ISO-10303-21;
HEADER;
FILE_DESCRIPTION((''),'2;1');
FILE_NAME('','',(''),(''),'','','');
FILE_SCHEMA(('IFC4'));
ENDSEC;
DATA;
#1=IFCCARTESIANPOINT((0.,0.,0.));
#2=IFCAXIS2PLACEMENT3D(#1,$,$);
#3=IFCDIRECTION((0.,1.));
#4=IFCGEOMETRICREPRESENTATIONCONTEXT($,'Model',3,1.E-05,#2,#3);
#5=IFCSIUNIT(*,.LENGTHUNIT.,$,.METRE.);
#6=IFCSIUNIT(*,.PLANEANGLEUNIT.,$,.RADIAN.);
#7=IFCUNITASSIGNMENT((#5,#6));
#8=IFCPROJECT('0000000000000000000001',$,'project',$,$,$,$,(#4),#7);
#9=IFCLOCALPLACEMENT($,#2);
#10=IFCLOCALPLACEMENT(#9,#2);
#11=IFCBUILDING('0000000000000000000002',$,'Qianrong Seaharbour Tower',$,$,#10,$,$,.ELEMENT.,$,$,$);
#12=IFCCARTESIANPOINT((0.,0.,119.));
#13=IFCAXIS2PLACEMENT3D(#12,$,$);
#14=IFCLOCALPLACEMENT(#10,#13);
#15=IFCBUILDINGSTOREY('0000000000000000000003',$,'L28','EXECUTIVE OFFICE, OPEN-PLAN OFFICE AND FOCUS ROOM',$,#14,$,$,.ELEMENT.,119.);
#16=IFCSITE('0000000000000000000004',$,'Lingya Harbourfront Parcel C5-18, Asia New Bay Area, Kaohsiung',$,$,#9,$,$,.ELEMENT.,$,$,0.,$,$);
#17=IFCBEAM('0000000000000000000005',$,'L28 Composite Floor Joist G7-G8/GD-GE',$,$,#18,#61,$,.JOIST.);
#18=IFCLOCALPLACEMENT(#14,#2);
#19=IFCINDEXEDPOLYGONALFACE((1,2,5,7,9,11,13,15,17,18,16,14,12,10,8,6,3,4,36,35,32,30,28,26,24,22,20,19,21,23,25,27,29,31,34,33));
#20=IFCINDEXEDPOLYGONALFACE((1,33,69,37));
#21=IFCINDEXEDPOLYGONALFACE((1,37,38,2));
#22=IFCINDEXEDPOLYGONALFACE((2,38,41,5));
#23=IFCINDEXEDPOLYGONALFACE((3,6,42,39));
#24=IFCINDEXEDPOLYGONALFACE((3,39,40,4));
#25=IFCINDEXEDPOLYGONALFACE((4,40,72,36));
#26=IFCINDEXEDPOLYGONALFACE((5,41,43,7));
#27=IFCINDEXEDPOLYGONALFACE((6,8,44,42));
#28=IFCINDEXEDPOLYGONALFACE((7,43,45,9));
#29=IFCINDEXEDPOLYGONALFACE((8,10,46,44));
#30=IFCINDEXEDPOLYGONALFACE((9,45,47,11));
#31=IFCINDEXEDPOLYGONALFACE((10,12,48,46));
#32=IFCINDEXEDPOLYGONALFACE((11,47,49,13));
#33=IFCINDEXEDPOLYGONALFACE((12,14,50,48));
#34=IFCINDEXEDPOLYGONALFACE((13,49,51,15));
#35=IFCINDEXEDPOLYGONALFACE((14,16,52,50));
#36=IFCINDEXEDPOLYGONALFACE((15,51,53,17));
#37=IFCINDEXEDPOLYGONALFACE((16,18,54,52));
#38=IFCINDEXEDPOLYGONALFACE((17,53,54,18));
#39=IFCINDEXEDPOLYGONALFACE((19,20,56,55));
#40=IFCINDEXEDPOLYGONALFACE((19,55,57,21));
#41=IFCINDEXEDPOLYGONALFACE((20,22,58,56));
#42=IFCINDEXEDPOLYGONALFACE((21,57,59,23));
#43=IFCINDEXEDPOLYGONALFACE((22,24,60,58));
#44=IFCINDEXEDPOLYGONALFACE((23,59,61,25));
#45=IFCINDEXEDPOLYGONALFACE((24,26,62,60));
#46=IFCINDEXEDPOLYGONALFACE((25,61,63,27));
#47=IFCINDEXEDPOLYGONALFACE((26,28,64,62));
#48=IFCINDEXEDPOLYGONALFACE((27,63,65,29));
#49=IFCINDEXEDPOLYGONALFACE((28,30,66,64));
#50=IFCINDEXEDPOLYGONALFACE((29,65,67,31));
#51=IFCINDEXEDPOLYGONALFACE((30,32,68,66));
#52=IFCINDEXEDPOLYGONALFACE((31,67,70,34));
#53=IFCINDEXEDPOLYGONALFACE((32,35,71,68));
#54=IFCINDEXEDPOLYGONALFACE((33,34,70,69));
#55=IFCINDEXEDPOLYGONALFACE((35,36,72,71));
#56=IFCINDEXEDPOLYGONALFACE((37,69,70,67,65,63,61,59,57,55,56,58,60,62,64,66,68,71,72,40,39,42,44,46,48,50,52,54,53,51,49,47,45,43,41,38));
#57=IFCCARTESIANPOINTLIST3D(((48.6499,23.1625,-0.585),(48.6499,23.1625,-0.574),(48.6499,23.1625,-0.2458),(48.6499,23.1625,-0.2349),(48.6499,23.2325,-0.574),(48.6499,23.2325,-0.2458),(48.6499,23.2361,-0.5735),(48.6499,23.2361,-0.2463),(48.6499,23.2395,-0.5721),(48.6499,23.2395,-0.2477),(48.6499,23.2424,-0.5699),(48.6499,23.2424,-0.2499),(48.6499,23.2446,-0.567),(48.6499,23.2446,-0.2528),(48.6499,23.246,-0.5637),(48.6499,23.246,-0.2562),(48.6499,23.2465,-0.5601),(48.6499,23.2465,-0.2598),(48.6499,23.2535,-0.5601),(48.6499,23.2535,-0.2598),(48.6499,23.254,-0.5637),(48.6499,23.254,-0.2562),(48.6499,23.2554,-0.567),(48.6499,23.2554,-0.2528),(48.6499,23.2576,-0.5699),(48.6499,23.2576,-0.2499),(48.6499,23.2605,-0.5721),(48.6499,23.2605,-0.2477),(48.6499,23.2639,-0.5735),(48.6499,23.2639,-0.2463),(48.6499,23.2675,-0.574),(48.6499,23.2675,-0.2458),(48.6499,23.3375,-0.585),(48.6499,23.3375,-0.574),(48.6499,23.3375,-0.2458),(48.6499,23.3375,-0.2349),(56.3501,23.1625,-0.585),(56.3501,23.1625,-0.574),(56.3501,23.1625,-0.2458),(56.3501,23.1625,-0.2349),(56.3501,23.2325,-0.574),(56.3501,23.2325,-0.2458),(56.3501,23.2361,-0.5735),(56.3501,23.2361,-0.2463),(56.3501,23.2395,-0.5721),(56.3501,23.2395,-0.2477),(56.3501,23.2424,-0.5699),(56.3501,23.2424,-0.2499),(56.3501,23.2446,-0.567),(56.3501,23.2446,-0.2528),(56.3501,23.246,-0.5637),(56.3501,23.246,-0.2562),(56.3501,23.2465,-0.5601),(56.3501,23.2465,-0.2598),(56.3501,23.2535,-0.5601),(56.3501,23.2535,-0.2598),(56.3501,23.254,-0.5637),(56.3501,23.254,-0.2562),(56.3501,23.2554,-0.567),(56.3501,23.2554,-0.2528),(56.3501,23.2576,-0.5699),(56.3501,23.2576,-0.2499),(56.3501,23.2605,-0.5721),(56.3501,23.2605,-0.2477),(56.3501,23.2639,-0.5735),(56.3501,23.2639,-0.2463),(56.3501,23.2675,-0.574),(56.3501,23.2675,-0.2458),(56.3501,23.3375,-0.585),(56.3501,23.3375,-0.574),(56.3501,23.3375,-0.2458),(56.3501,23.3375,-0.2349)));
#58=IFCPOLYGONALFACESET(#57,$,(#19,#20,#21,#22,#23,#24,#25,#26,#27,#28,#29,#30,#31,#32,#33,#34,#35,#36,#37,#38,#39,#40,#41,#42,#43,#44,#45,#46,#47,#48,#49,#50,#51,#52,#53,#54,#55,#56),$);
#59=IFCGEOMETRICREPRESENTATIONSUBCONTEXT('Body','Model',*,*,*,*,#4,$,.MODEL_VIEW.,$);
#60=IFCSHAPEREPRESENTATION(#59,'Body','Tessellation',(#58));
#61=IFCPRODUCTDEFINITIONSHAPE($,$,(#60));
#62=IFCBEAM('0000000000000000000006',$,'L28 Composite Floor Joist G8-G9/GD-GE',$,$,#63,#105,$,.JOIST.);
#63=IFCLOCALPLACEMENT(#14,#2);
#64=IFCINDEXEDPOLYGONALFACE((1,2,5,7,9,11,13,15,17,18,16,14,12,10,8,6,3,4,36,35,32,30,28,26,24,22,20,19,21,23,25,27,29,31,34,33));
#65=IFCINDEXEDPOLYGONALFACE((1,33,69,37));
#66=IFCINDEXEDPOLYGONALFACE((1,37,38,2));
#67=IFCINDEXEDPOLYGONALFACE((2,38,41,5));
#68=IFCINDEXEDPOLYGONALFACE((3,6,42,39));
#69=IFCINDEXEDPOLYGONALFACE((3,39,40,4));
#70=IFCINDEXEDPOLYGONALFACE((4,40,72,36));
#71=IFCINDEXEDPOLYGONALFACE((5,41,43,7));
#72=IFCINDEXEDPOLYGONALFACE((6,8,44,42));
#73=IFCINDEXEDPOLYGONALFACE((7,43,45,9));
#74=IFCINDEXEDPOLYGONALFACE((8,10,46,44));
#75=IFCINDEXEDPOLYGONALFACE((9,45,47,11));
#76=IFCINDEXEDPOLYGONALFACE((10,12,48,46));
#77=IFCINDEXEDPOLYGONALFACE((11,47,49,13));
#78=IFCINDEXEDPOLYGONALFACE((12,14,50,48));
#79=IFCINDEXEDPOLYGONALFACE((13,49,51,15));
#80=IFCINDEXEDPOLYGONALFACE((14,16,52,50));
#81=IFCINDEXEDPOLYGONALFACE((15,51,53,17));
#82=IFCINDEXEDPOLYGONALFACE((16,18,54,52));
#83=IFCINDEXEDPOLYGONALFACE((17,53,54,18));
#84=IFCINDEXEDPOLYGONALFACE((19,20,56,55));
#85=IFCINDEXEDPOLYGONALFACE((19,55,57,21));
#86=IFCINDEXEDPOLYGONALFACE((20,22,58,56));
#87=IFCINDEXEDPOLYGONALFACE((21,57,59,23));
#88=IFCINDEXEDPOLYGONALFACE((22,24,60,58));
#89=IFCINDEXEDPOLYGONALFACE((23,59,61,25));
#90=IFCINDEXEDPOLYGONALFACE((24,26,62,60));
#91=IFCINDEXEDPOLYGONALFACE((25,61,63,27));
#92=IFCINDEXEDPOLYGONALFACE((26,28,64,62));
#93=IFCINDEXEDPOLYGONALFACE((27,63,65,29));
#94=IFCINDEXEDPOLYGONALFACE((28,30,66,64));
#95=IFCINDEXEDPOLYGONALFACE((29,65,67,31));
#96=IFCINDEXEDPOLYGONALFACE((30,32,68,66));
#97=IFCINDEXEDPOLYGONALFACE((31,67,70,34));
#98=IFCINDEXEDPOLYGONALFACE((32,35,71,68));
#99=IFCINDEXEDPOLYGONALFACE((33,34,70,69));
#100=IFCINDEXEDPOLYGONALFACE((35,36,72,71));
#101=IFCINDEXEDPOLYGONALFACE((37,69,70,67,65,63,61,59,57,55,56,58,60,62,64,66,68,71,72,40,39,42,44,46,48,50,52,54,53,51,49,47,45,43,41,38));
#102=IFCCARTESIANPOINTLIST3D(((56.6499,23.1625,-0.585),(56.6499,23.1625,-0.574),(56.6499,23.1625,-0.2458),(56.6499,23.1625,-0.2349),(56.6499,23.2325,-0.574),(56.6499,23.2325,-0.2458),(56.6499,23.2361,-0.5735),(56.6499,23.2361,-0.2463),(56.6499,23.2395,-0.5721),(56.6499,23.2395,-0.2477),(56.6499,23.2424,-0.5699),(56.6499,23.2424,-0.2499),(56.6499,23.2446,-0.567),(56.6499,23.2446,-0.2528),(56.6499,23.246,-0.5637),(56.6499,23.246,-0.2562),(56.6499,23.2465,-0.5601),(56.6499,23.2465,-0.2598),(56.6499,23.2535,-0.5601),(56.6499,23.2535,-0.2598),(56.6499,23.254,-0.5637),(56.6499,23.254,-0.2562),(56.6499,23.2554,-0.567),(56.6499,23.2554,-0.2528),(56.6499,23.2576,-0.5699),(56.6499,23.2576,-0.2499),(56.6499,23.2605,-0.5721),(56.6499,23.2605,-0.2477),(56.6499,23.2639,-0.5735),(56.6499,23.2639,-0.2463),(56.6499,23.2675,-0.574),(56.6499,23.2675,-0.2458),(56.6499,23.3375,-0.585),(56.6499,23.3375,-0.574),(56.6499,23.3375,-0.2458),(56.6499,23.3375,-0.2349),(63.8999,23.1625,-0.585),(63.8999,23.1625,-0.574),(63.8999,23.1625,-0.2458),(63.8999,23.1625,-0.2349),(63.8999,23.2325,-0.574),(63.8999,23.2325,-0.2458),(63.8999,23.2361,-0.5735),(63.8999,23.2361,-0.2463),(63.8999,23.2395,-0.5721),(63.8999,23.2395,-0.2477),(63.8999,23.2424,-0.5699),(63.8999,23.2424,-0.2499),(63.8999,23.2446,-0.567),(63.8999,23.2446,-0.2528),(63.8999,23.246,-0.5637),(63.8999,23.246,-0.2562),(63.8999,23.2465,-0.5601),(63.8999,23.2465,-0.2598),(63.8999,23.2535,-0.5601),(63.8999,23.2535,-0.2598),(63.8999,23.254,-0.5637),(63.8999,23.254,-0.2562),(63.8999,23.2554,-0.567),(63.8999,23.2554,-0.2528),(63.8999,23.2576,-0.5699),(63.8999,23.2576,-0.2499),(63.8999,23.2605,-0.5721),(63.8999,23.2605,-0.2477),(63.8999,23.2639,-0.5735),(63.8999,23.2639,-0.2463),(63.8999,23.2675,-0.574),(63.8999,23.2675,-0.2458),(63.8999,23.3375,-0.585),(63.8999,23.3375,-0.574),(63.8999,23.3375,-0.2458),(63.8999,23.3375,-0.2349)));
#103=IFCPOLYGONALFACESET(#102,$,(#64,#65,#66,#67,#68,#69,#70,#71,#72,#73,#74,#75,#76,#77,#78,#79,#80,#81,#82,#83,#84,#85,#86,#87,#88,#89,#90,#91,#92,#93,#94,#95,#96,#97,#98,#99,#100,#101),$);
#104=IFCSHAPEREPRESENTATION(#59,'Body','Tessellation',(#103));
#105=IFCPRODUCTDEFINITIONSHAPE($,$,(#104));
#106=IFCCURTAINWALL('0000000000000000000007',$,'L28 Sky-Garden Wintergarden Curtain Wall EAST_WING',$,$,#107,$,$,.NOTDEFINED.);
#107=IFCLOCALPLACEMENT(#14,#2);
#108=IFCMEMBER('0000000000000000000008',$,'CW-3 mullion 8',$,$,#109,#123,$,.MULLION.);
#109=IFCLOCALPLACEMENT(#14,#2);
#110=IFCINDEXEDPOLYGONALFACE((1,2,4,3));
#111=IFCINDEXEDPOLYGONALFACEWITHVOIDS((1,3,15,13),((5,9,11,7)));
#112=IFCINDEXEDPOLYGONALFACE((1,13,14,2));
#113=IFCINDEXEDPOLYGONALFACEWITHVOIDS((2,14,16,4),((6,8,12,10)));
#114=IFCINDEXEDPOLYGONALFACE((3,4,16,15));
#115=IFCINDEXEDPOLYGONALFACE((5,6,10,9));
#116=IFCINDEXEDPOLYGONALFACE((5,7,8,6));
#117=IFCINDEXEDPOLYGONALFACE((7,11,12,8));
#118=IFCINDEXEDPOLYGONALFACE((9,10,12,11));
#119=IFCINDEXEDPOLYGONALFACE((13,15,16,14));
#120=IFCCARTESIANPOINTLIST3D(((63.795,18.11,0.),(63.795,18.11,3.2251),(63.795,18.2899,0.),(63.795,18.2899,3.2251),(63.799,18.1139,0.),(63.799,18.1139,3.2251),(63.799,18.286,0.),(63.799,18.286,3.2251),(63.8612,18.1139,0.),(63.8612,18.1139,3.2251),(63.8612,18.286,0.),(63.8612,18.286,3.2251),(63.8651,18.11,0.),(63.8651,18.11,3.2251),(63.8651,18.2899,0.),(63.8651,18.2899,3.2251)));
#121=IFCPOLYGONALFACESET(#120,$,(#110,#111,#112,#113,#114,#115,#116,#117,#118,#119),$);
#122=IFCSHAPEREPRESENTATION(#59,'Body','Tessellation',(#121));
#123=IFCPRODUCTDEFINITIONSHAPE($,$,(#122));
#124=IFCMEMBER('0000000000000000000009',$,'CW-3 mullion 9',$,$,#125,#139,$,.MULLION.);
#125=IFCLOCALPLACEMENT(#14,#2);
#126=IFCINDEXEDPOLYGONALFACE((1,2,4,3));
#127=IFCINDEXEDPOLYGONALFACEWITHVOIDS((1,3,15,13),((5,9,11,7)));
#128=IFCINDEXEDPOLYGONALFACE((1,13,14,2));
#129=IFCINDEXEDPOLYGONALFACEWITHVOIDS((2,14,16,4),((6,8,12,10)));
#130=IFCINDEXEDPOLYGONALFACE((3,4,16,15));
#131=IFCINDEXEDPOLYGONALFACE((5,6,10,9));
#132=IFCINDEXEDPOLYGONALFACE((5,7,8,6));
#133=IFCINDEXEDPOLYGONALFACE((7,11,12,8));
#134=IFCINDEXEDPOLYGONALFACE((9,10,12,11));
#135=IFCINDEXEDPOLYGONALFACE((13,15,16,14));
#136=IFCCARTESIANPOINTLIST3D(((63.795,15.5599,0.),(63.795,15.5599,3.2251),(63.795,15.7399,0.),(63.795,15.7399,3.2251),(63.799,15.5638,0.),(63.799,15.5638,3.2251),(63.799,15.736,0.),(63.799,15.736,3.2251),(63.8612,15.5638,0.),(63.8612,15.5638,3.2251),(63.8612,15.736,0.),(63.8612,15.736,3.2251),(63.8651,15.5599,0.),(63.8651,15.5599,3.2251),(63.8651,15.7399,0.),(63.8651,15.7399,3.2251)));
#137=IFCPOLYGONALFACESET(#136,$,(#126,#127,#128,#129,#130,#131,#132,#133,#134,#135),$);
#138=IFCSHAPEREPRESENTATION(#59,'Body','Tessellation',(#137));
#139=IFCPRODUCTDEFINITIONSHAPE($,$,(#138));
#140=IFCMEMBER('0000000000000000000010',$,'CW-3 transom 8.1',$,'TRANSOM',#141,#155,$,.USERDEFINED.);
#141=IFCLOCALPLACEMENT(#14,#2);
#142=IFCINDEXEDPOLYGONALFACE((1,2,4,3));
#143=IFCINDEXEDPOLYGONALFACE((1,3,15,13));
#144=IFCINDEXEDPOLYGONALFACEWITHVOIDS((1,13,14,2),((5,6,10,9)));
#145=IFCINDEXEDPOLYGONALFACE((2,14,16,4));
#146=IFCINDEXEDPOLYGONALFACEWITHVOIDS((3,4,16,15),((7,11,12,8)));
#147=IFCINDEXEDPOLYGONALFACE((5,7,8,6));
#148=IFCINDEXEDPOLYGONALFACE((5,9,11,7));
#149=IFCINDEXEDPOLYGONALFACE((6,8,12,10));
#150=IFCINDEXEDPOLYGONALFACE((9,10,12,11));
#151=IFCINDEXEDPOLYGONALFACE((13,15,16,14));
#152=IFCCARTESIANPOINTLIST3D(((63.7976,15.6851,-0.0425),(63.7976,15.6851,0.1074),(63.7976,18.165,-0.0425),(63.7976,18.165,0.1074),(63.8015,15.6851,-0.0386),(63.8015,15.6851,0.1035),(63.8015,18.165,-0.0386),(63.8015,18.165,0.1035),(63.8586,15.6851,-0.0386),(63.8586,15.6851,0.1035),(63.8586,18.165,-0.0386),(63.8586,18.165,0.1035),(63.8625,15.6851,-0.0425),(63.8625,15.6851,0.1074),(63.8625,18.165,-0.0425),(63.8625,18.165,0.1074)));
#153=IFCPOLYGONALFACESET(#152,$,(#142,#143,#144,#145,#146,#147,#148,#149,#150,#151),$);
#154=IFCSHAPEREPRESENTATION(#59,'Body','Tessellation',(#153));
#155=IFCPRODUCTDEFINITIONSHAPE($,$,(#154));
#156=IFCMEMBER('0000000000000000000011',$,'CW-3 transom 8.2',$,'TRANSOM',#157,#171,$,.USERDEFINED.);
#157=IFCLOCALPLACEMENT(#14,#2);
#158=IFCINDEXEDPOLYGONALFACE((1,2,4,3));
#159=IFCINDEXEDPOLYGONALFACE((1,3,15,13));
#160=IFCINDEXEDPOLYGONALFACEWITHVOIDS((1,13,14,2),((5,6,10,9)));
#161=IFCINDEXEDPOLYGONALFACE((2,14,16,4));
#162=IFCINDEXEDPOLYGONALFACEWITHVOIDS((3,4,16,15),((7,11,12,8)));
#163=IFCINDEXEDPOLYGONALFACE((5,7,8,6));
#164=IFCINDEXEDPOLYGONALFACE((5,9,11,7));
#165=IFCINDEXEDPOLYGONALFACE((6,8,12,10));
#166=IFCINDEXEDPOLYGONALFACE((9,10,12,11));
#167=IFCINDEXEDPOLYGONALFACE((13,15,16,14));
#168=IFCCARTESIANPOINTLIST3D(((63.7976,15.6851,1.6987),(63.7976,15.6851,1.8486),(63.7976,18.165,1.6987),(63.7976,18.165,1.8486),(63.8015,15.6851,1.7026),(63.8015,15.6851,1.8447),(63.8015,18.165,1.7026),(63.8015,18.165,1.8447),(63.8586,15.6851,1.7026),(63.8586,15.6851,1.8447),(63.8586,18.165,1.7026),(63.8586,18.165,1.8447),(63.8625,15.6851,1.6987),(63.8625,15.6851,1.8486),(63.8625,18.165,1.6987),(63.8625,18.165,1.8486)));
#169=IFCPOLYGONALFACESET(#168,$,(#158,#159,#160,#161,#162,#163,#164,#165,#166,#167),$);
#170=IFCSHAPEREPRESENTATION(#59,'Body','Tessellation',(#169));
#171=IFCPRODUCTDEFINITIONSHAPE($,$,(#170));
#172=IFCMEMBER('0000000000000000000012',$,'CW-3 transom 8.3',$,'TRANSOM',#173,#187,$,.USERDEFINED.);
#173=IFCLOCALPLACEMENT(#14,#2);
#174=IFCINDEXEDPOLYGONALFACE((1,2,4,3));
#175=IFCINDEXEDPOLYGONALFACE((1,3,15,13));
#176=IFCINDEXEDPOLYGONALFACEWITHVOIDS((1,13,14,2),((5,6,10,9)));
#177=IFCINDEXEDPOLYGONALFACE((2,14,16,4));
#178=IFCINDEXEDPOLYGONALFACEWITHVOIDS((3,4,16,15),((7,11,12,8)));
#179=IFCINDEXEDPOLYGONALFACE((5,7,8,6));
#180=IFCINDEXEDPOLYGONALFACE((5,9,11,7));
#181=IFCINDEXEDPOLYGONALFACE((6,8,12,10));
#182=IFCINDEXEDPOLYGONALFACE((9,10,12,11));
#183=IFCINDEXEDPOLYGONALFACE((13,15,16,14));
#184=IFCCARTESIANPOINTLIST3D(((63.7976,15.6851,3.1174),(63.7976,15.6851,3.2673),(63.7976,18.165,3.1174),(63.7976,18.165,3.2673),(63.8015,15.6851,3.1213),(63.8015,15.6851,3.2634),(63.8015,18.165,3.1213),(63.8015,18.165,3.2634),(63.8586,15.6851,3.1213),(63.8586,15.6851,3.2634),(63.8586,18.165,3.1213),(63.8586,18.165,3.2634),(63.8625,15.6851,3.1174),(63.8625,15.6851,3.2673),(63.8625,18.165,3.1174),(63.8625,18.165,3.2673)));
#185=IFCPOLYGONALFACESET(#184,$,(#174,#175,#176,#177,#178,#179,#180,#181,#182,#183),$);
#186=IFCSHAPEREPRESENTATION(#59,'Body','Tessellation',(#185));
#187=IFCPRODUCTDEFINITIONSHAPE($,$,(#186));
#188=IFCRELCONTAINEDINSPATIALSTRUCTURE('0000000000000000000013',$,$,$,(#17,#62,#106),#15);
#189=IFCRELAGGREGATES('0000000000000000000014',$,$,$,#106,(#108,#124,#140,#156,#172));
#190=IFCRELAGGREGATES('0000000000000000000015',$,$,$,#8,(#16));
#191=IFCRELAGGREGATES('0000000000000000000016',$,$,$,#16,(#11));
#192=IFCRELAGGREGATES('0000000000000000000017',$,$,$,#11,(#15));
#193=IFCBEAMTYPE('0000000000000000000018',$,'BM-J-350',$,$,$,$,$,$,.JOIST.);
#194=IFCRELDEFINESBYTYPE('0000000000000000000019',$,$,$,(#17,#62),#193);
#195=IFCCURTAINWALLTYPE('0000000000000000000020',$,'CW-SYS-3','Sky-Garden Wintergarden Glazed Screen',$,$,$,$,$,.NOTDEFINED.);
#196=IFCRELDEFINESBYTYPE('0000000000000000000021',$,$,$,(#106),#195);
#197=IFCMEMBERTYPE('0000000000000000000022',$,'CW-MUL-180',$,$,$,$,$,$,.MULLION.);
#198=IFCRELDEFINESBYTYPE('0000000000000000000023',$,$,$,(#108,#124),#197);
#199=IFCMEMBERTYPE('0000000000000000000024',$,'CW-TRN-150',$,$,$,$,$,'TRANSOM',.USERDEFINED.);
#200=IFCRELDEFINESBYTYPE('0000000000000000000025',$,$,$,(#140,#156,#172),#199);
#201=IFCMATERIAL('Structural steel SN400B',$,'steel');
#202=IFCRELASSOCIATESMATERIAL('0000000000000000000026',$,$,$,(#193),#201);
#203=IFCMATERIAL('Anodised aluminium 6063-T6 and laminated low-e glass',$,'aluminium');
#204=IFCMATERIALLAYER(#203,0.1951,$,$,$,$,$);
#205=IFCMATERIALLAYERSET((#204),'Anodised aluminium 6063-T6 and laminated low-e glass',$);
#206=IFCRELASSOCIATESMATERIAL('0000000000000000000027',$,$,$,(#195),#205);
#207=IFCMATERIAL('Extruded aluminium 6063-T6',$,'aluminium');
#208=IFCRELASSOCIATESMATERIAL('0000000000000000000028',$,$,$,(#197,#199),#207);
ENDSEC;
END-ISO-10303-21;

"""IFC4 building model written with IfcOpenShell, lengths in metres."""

from ifc_helpers import new_model, si_unit, direction, frame, origin, origin_2d, place, context, subcontext, project, spatial, hollow_rectangle, i_section, extrude, material, layer, layer_set, material_profile, profile_set, type_object, element, aggregate, save


model = new_model("IFC4")

# Units and contexts
model_context = context("Model", 3, precision=1e-05, world=origin(), true_north=direction((0.0, 1.0)))
body_context = subcontext(model_context, "Body", "Model", "MODEL_VIEW")
ifc_project = project(units=[si_unit("LENGTHUNIT", "METRE"), si_unit("PLANEANGLEUNIT", "RADIAN")], contexts=[model_context])

# Site, building, storey
site_placement = place(None, origin())
site = spatial("IfcSite", under=ifc_project, at=site_placement, Name="Lingya Harbourfront Parcel C5-18, Asia New Bay Area, Kaohsiung", CompositionType="ELEMENT", RefElevation=0.0)
building_placement = place(site_placement, origin())
building = spatial("IfcBuilding", under=site, at=building_placement, Name="Qianrong Seaharbour Tower", CompositionType="ELEMENT")
storey_placement = place(building_placement, frame((0.0, 0.0, 119.0)))
storey = spatial("IfcBuildingStorey", under=building, at=storey_placement, Name="L28", Description="EXECUTIVE OFFICE, OPEN-PLAN OFFICE AND FOCUS ROOM", CompositionType="ELEMENT", Elevation=119.0)

# Beams
ifc_material_1 = material(Name="Structural steel SN400B", Category="steel")
ifc_material_profile_1 = material_profile(ifc_material_1, i_section(OverallWidth=0.175, OverallDepth=0.3501, WebThickness=0.0071, FlangeThickness=0.011, FilletRadius=0.0139, at=origin_2d()), Name="H350x175x7x11")
ifc_profile_set_1 = profile_set([ifc_material_profile_1], Name="Structural steel SN400B")
beam_type_1 = type_object("IfcBeamType", Name="BM-J-350", PredefinedType="JOIST", material=ifc_profile_set_1)
beam_1_placement = place(storey_placement, frame((48.6499, 23.25, -0.4099), z_axis=(1.0, 0.0, 0.0), x_axis=(0.0, 1.0, 0.0)))
element("IfcBeam", 1, at=beam_1_placement, inside=storey, type_object=beam_type_1, Name="L28 Composite Floor Joist G7-G8/GD-GE", PredefinedType="JOIST", context=body_context, shape_type="SweptSolid", body=[
    extrude(i_section(OverallWidth=0.175, OverallDepth=0.3501, WebThickness=0.0071, FlangeThickness=0.011, FilletRadius=0.0139, at=origin_2d()), origin(), (0.0, 0.0, 1.0), 7.7002),
])
beam_2_placement = place(storey_placement, frame((56.6499, 23.25, -0.4099), z_axis=(1.0, 0.0, 0.0), x_axis=(0.0, 1.0, 0.0)))
element("IfcBeam", 2, at=beam_2_placement, inside=storey, type_object=beam_type_1, Name="L28 Composite Floor Joist G8-G9/GD-GE", PredefinedType="JOIST", context=body_context, shape_type="SweptSolid", body=[
    extrude(i_section(OverallWidth=0.175, OverallDepth=0.3501, WebThickness=0.0071, FlangeThickness=0.011, FilletRadius=0.0139, at=origin_2d()), origin(), (0.0, 0.0, 1.0), 7.25),
])

# Curtain wall, members
ifc_material_2 = material(Name="Anodised aluminium 6063-T6 and laminated low-e glass", Category="aluminium")
ifc_layer_1 = layer(ifc_material_2, 0.1951)
ifc_layer_set_1 = layer_set([ifc_layer_1], Name="Anodised aluminium 6063-T6 and laminated low-e glass")
curtain_wall_type = type_object("IfcCurtainWallType", Name="CW-SYS-3", Description="Sky-Garden Wintergarden Glazed Screen", PredefinedType="NOTDEFINED", material=ifc_layer_set_1)
curtain_wall_placement = place(storey_placement, origin())
curtain_wall = element("IfcCurtainWall", 3, at=curtain_wall_placement, inside=storey, type_object=curtain_wall_type, Name="L28 Sky-Garden Wintergarden Curtain Wall EAST_WING", PredefinedType="NOTDEFINED")
ifc_material_3 = material(Name="Extruded aluminium 6063-T6", Category="aluminium")
ifc_material_profile_2 = material_profile(ifc_material_3, hollow_rectangle(XDim=0.0701, YDim=0.1799, WallThickness=0.0039, at=origin_2d()), Name="ALU-MUL-180x70x4")
ifc_profile_set_2 = profile_set([ifc_material_profile_2], Name="Extruded aluminium 6063-T6")
member_type_1 = type_object("IfcMemberType", Name="CW-MUL-180", PredefinedType="MULLION", material=ifc_profile_set_2)
member_1_placement = place(storey_placement, frame((63.8301, 18.2, 0.0), z_axis=(0.0, 0.0, 1.0), x_axis=(1.0, 0.0, 0.0)))
member_1 = element("IfcMember", 4, at=member_1_placement, type_object=member_type_1, Name="CW-3 mullion 8", PredefinedType="MULLION", context=body_context, shape_type="SweptSolid", body=[
    extrude(hollow_rectangle(XDim=0.0701, YDim=0.1799, WallThickness=0.0039, at=origin_2d()), origin(), (0.0, 0.0, 1.0), 3.2251),
])
member_2_placement = place(storey_placement, frame((63.8301, 15.6499, 0.0), z_axis=(0.0, 0.0, 1.0), x_axis=(1.0, 0.0, 0.0)))
member_2 = element("IfcMember", 5, at=member_2_placement, type_object=member_type_1, Name="CW-3 mullion 9", PredefinedType="MULLION", context=body_context, shape_type="SweptSolid", body=[
    extrude(hollow_rectangle(XDim=0.0701, YDim=0.1799, WallThickness=0.0039, at=origin_2d()), origin(), (0.0, 0.0, 1.0), 3.2251),
])
ifc_material_profile_3 = material_profile(ifc_material_3, hollow_rectangle(XDim=0.0649, YDim=0.1499, WallThickness=0.0039, at=origin_2d()), Name="ALU-TRN-150x65x4")
ifc_profile_set_3 = profile_set([ifc_material_profile_3], Name="Extruded aluminium 6063-T6")
member_type_2 = type_object("IfcMemberType", Name="CW-TRN-150", ElementType="TRANSOM", PredefinedType="USERDEFINED", material=ifc_profile_set_3)
member_3_placement = place(storey_placement, frame((63.8301, 18.165, 0.0325), z_axis=(0.0, -1.0, 0.0), x_axis=(1.0, 0.0, 0.0)))
member_3 = element("IfcMember", 6, at=member_3_placement, type_object=member_type_2, Name="CW-3 transom 8.1", ObjectType="TRANSOM", PredefinedType="USERDEFINED", context=body_context, shape_type="SweptSolid", body=[
    extrude(hollow_rectangle(XDim=0.0649, YDim=0.1499, WallThickness=0.0039, at=origin_2d()), origin(), (0.0, 0.0, 1.0), 2.48),
])
member_4_placement = place(storey_placement, frame((63.8301, 18.165, 1.7737), z_axis=(0.0, -1.0, 0.0), x_axis=(1.0, 0.0, 0.0)))
member_4 = element("IfcMember", 7, at=member_4_placement, type_object=member_type_2, Name="CW-3 transom 8.2", ObjectType="TRANSOM", PredefinedType="USERDEFINED", context=body_context, shape_type="SweptSolid", body=[
    extrude(hollow_rectangle(XDim=0.0649, YDim=0.1499, WallThickness=0.0039, at=origin_2d()), origin(), (0.0, 0.0, 1.0), 2.48),
])
member_5_placement = place(storey_placement, frame((63.8301, 18.165, 3.1924), z_axis=(0.0, -1.0, 0.0), x_axis=(1.0, 0.0, 0.0)))
member_5 = element("IfcMember", 8, at=member_5_placement, type_object=member_type_2, Name="CW-3 transom 8.3", ObjectType="TRANSOM", PredefinedType="USERDEFINED", context=body_context, shape_type="SweptSolid", body=[
    extrude(hollow_rectangle(XDim=0.0649, YDim=0.1499, WallThickness=0.0039, at=origin_2d()), origin(), (0.0, 0.0, 1.0), 2.48),
])
aggregate(curtain_wall, [member_1, member_2, member_3, member_4, member_5])

save(model, "model.ifc")
